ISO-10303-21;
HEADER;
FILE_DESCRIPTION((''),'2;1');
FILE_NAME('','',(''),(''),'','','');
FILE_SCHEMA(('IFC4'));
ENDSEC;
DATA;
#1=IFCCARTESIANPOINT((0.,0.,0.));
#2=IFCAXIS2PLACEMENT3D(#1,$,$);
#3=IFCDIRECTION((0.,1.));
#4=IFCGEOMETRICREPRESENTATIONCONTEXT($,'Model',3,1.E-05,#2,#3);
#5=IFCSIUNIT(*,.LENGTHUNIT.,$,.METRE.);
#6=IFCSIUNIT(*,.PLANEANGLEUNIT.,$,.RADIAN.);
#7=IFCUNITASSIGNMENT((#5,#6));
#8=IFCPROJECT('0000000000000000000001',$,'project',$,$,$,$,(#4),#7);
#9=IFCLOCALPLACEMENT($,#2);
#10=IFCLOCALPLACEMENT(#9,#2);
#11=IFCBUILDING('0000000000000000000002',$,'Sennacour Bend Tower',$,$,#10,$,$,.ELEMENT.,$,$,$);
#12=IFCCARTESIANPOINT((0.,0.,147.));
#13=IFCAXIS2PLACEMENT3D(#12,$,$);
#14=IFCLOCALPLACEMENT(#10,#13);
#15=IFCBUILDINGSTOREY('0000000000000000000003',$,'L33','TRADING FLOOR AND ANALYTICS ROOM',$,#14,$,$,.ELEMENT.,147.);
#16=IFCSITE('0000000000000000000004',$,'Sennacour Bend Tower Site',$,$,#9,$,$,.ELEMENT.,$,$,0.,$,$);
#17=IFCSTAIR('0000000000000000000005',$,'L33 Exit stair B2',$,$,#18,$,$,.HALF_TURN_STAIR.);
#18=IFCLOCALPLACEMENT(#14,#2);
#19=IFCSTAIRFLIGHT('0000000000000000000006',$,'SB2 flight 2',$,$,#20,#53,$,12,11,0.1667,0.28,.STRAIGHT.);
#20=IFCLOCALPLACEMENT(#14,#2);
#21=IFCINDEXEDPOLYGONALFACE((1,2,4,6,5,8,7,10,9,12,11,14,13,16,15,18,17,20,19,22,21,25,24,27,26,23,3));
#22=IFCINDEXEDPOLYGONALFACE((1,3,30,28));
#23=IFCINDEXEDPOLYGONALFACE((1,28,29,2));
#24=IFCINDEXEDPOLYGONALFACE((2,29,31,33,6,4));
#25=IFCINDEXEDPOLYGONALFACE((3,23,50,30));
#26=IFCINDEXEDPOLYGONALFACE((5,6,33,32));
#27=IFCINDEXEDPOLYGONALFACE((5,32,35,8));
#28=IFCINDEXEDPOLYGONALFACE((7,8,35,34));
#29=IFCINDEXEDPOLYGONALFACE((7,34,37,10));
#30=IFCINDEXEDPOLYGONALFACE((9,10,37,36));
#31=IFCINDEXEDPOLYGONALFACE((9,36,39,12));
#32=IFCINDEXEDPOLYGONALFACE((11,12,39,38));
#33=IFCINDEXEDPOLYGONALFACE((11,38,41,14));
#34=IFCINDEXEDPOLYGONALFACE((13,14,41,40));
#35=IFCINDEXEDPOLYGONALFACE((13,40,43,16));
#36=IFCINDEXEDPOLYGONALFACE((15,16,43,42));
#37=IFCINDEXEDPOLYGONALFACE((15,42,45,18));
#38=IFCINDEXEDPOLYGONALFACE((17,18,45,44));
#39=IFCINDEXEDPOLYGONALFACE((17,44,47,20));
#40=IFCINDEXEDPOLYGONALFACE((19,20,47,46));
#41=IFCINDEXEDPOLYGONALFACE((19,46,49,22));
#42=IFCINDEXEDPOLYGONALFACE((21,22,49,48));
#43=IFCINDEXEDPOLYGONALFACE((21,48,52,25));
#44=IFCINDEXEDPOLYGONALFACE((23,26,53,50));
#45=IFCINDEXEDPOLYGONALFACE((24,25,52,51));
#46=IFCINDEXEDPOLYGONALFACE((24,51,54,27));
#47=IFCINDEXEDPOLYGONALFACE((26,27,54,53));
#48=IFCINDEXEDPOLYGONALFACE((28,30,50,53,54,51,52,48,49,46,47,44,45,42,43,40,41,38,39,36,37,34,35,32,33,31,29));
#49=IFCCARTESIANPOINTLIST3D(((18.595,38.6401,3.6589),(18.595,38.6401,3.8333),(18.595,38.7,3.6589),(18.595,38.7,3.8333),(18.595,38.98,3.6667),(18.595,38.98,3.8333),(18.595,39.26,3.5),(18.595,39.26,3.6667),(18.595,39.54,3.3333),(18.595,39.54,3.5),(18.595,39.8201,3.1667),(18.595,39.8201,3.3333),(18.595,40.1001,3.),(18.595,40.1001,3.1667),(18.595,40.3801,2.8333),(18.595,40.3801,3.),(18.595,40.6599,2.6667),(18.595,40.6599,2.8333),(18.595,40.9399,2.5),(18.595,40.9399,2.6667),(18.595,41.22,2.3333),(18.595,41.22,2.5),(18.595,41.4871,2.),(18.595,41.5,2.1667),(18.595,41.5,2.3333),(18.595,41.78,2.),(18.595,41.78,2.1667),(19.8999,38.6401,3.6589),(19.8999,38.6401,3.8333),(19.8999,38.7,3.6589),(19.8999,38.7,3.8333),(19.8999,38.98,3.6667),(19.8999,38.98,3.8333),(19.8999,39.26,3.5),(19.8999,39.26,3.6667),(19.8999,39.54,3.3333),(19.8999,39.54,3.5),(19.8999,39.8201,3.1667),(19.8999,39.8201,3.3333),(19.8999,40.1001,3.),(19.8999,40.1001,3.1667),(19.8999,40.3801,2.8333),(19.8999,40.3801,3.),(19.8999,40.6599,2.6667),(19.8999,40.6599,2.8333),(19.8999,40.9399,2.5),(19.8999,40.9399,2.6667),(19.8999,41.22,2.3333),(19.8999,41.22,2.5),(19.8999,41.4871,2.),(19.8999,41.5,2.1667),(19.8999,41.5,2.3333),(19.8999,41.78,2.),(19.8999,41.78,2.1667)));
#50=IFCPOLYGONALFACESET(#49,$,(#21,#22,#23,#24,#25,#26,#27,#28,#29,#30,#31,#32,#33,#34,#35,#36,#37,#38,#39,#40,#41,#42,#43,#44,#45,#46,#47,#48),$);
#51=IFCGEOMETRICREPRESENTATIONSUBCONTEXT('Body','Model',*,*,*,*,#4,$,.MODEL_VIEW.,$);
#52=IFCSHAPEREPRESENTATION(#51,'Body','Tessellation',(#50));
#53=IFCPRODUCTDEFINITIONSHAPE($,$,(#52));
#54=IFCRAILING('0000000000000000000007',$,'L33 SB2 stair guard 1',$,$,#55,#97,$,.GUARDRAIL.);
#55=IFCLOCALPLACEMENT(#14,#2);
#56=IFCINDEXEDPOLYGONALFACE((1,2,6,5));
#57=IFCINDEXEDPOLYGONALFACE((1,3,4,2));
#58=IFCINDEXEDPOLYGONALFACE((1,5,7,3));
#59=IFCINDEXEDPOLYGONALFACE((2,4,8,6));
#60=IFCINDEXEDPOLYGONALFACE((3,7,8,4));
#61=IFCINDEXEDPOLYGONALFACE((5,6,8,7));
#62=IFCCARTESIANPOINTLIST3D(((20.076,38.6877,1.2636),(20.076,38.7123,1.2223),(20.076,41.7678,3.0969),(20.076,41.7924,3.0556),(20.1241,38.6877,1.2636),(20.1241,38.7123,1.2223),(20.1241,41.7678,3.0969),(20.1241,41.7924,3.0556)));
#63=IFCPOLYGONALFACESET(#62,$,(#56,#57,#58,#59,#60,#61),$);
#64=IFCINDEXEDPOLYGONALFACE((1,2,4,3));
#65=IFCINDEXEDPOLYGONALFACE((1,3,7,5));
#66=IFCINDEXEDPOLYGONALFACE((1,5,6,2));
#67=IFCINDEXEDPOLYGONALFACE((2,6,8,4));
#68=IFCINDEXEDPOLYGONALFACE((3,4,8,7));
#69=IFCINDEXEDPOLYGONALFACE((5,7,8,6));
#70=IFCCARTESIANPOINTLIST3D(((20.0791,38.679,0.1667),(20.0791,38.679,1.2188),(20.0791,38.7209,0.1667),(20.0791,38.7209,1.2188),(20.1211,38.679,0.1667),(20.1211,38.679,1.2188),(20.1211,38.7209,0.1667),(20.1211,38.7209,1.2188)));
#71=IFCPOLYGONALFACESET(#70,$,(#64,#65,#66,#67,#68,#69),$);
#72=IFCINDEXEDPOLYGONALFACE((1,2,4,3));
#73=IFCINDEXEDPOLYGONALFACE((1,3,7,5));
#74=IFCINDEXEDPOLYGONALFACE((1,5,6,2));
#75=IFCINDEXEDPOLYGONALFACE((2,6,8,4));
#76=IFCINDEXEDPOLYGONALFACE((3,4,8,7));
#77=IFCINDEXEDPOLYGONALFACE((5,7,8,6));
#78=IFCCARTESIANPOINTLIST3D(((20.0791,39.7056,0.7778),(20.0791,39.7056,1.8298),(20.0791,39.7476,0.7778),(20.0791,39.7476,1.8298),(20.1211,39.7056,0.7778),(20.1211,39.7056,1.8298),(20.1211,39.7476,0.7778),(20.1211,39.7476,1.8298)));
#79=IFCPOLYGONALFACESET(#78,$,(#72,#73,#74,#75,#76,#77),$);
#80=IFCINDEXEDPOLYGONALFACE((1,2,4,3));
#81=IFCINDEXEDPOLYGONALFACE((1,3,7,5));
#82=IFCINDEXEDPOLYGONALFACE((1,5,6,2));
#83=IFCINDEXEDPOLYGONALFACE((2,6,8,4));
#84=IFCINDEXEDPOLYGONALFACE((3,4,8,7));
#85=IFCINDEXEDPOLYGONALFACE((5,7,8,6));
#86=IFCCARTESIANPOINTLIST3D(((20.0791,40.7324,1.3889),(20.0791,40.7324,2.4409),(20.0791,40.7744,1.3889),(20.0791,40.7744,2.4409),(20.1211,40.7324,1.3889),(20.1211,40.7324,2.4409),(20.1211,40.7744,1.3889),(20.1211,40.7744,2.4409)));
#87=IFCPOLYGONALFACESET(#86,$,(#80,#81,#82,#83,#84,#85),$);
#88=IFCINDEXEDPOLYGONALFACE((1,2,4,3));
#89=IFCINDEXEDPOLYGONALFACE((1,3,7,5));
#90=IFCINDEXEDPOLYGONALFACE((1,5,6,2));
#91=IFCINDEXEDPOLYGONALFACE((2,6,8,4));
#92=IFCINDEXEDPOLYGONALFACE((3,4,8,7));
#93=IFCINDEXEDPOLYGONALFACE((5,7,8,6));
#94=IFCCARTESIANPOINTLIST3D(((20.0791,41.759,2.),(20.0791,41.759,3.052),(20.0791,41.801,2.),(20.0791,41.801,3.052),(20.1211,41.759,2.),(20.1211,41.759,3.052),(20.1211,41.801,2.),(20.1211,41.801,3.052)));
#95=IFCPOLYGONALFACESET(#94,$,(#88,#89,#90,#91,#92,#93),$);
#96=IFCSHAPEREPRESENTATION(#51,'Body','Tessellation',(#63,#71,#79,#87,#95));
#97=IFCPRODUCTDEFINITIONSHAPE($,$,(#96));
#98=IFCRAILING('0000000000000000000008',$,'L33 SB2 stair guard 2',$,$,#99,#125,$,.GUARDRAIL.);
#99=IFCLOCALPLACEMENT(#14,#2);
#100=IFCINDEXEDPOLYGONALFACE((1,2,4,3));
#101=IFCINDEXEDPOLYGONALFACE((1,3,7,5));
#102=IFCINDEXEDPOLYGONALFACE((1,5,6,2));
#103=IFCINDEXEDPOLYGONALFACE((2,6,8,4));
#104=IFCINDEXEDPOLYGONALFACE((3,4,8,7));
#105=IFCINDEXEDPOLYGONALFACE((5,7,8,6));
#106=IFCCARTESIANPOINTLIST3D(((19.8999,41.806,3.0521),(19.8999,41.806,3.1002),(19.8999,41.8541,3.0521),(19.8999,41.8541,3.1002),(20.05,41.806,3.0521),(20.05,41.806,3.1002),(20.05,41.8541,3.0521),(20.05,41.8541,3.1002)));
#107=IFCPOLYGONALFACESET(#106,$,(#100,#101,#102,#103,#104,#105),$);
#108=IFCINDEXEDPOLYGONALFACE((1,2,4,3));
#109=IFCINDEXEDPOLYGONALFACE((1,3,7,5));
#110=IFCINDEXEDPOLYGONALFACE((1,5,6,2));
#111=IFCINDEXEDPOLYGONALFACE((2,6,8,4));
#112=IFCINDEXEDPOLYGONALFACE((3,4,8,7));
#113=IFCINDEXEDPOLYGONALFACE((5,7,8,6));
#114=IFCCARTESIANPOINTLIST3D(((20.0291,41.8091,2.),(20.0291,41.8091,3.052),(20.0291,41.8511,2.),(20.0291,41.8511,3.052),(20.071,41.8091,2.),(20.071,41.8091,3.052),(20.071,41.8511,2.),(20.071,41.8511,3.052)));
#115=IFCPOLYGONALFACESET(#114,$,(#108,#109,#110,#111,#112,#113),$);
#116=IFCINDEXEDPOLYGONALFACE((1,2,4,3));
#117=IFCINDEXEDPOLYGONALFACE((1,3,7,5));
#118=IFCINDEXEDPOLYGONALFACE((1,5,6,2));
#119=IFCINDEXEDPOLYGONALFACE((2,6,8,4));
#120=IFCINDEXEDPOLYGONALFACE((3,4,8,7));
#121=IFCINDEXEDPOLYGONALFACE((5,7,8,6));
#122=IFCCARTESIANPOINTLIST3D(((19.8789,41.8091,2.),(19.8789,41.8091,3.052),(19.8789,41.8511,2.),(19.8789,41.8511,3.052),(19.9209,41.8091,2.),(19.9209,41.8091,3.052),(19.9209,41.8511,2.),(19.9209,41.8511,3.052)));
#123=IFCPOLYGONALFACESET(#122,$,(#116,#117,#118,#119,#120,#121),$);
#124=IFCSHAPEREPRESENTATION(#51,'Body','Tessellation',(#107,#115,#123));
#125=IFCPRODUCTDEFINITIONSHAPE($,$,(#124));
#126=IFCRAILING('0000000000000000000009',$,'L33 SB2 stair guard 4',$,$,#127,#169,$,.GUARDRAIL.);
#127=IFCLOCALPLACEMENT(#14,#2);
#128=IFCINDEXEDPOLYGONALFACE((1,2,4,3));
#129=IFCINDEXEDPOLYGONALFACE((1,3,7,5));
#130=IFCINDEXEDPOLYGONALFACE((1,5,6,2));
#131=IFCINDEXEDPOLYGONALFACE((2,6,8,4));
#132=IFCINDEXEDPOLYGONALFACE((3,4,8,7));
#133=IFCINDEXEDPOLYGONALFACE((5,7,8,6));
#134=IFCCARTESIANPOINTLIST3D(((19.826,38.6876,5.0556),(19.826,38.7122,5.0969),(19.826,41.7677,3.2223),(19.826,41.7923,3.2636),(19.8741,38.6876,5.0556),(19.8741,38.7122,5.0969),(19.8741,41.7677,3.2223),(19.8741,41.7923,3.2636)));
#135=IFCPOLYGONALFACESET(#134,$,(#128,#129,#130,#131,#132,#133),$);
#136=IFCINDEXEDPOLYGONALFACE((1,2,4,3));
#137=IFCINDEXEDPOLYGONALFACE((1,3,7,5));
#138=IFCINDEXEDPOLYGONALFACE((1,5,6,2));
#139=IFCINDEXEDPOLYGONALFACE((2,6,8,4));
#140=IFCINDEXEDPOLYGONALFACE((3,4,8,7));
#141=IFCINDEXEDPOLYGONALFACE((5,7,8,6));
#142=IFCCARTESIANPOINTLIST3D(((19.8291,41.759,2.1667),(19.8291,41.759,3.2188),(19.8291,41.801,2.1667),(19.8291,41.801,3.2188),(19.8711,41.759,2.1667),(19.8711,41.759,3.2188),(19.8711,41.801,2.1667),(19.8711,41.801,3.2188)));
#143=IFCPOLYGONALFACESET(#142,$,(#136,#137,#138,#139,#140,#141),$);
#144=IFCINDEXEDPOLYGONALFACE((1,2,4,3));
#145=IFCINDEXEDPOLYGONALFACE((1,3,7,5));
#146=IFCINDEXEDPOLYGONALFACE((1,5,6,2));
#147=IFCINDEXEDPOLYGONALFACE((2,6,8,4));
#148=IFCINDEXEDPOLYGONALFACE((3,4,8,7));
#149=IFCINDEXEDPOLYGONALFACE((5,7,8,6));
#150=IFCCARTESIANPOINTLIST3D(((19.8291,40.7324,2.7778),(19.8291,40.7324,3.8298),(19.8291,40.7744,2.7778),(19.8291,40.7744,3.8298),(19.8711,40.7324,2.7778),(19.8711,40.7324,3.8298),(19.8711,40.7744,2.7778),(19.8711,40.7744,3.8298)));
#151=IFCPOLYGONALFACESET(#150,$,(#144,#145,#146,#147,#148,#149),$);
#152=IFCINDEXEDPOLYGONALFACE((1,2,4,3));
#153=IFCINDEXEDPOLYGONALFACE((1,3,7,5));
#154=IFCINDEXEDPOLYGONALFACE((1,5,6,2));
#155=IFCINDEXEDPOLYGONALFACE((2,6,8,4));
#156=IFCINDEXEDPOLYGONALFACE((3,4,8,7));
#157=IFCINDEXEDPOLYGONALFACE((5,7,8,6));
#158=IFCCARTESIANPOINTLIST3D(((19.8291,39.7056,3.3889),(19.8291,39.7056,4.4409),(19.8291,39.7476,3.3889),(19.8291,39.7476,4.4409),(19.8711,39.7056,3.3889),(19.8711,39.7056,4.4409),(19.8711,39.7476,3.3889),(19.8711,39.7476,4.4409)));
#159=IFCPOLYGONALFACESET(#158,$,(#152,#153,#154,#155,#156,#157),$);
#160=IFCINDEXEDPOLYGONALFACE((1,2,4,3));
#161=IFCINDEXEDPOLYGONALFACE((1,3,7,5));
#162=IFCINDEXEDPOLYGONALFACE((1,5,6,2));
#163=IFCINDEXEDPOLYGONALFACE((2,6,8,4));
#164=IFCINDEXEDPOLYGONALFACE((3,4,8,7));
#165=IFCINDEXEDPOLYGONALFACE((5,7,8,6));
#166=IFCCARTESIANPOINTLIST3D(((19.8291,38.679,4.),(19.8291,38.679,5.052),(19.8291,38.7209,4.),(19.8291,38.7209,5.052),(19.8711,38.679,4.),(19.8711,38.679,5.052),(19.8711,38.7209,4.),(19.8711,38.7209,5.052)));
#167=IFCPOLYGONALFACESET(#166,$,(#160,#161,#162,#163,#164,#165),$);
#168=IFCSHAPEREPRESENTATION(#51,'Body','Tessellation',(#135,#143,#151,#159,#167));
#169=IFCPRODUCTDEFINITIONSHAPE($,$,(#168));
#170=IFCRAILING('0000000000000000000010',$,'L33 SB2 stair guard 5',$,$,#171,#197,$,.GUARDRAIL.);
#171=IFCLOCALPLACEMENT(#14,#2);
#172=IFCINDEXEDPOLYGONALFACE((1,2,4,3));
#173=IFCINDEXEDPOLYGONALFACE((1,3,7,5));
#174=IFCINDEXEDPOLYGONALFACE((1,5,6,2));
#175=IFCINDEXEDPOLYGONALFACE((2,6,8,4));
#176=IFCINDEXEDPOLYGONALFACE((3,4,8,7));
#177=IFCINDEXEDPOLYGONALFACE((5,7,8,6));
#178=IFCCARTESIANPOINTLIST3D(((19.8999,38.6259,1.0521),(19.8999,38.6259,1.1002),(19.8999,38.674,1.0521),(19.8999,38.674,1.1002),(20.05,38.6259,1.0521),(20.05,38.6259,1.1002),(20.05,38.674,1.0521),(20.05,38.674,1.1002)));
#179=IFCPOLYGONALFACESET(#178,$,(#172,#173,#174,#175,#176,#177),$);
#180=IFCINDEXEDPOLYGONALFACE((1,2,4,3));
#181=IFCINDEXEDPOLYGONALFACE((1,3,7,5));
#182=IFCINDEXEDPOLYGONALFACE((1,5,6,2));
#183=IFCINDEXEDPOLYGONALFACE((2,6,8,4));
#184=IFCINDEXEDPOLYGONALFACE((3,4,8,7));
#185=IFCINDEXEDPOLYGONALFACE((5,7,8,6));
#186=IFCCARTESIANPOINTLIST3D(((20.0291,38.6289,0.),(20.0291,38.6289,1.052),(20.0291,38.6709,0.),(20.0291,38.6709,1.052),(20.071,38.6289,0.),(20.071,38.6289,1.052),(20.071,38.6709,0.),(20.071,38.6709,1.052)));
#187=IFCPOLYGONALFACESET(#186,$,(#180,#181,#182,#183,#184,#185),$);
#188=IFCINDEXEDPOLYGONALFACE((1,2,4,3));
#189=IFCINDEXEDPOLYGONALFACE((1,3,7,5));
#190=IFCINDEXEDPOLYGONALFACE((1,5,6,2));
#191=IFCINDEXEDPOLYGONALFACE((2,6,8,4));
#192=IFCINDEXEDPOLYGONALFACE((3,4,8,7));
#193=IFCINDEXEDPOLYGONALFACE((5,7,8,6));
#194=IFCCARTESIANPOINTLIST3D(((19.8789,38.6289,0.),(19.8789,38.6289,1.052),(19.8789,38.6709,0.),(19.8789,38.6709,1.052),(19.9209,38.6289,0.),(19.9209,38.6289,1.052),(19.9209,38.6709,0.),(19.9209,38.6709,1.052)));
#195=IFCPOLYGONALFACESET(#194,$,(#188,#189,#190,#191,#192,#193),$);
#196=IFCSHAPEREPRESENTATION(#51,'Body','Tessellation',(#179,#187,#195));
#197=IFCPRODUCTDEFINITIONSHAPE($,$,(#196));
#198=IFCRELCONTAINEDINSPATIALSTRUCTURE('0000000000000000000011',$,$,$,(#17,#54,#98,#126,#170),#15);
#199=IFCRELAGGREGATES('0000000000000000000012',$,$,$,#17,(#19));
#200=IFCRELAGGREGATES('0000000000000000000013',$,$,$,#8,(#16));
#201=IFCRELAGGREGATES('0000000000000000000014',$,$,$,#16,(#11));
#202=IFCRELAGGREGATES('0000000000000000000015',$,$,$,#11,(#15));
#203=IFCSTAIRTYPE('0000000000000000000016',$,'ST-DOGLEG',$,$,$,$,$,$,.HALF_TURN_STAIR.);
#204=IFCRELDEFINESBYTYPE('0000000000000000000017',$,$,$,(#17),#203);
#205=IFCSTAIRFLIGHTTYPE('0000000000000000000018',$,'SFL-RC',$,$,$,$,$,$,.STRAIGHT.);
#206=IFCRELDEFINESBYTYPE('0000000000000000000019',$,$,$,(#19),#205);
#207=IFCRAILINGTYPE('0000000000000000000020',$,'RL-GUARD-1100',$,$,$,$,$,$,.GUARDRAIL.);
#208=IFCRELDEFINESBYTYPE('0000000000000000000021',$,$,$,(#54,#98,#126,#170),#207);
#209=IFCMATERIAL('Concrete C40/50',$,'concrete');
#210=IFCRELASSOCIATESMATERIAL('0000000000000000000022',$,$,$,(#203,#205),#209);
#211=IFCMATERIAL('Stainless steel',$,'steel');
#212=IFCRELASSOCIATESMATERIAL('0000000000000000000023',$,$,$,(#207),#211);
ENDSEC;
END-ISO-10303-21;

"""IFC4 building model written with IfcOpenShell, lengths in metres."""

from ifc_helpers import new_model, si_unit, direction, frame, origin, origin_2d, place, context, subcontext, project, spatial, polyline, rectangle, outline, extrude, material, type_object, element, aggregate, save


model = new_model("IFC4")

# Units and contexts
model_context = context("Model", 3, precision=1e-05, world=origin(), true_north=direction((0.0, 1.0)))
body_context = subcontext(model_context, "Body", "Model", "MODEL_VIEW")
ifc_project = project(units=[si_unit("LENGTHUNIT", "METRE"), si_unit("PLANEANGLEUNIT", "RADIAN")], contexts=[model_context])

# Site, building, storey
site_placement = place(None, origin())
site = spatial("IfcSite", under=ifc_project, at=site_placement, Name="Sennacour Bend Tower Site", CompositionType="ELEMENT", RefElevation=0.0)
building_placement = place(site_placement, origin())
building = spatial("IfcBuilding", under=site, at=building_placement, Name="Sennacour Bend Tower", CompositionType="ELEMENT")
storey_placement = place(building_placement, frame((0.0, 0.0, 147.0)))
storey = spatial("IfcBuildingStorey", under=building, at=storey_placement, Name="L33", Description="TRADING FLOOR AND ANALYTICS ROOM", CompositionType="ELEMENT", Elevation=147.0)

# Stair, stair flight
ifc_material_1 = material(Name="Concrete C40/50", Category="concrete")
stair_type = type_object("IfcStairType", Name="ST-DOGLEG", PredefinedType="HALF_TURN_STAIR", material=ifc_material_1)
stair_placement = place(storey_placement, origin())
stair = element("IfcStair", 1, at=stair_placement, inside=storey, type_object=stair_type, Name="L33 Exit stair B2", PredefinedType="HALF_TURN_STAIR")
stair_flight_type = type_object("IfcStairFlightType", Name="SFL-RC", PredefinedType="STRAIGHT", material=ifc_material_1)
stair_flight_1_placement = place(storey_placement, frame((19.2476, 41.78, 2.0), z_axis=(0.0, 0.0, 1.0), x_axis=(0.0, -1.0, 0.0)))
stair_flight_1 = element("IfcStairFlight", 2, at=stair_flight_1_placement, type_object=stair_flight_type, Name="SB2 flight 2", NumberOfRisers=12, NumberOfTreads=11, PredefinedType="STRAIGHT", RiserHeight=0.1667, TreadLength=0.28, context=body_context, shape_type="SweptSolid", body=[
    extrude(outline(polyline([(0.0, 0.0), (0.0, 0.1667), (0.28, 0.1667), (0.28, 0.3333), (0.5601, 0.3333), (0.5601, 0.5), (0.8401, 0.5), (0.8401, 0.6667), (1.1201, 0.6667), (1.1201, 0.8333), (1.3999, 0.8333), (1.3999, 1.0), (1.6799, 1.0), (1.6799, 1.1667), (1.96, 1.1667), (1.96, 1.3333), (2.24, 1.3333), (2.24, 1.5), (2.52, 1.5), (2.52, 1.6667), (2.8, 1.6667), (2.8, 1.8333), (3.0801, 1.8333), (3.1399, 1.8333), (3.1399, 1.6589), (3.0801, 1.6589), (0.293, 0.0), (0.0, 0.0)])), frame((0.0, 0.6523, 0.0), z_axis=(0.0, -1.0, 0.0), x_axis=(1.0, 0.0, 0.0)), (0.0, 0.0, 1.0), 1.3049),
])
aggregate(stair, [stair_flight_1])

# Railings
ifc_material_2 = material(Name="Stainless steel", Category="steel")
railing_type_1 = type_object("IfcRailingType", Name="RL-GUARD-1100", PredefinedType="GUARDRAIL", material=ifc_material_2)
railing_1_placement = place(storey_placement, frame((20.1001, 38.7, 0.1667)))
element("IfcRailing", 3, at=railing_1_placement, inside=storey, type_object=railing_type_1, Name="L33 SB2 stair guard 1", PredefinedType="GUARDRAIL", context=body_context, shape_type="SweptSolid", body=[
    extrude(rectangle(XDim=0.0481, YDim=0.0481, at=origin_2d()), frame((0.0, 0.0, 1.0762), z_axis=(0.0, 0.859309, 0.511458), x_axis=(-1.0, 0.0, 0.0)), (0.0, 0.0, 1.0), 3.5845),
    extrude(rectangle(XDim=0.042, YDim=0.042, at=origin_2d()), origin(), (0.0, 0.0, 1.0), 1.052),
    extrude(rectangle(XDim=0.042, YDim=0.042, at=origin_2d()), frame((0.0, 1.0266, 0.6111)), (0.0, 0.0, 1.0), 1.052),
    extrude(rectangle(XDim=0.042, YDim=0.042, at=origin_2d()), frame((0.0, 2.0535, 1.2222)), (0.0, 0.0, 1.0), 1.052),
    extrude(rectangle(XDim=0.042, YDim=0.042, at=origin_2d()), frame((0.0, 3.0801, 1.8333)), (0.0, 0.0, 1.0), 1.052),
])
railing_2_placement = place(storey_placement, frame((20.05, 41.8301, 2.0)))
element("IfcRailing", 4, at=railing_2_placement, inside=storey, type_object=railing_type_1, Name="L33 SB2 stair guard 2", PredefinedType="GUARDRAIL", context=body_context, shape_type="SweptSolid", body=[
    extrude(rectangle(XDim=0.0481, YDim=0.0481, at=origin_2d()), frame((0.0, 0.0, 1.0762), z_axis=(-1.0, 0.0, 0.0), x_axis=(0.0, -1.0, 0.0)), (0.0, 0.0, 1.0), 0.1501),
    extrude(rectangle(XDim=0.042, YDim=0.042, at=origin_2d()), origin(), (0.0, 0.0, 1.0), 1.052),
    extrude(rectangle(XDim=0.042, YDim=0.042, at=origin_2d()), frame((-0.1501, 0.0, 0.0)), (0.0, 0.0, 1.0), 1.052),
])
railing_3_placement = place(storey_placement, frame((19.8501, 41.78, 2.1667)))
element("IfcRailing", 5, at=railing_3_placement, inside=storey, type_object=railing_type_1, Name="L33 SB2 stair guard 4", PredefinedType="GUARDRAIL", context=body_context, shape_type="SweptSolid", body=[
    extrude(rectangle(XDim=0.0481, YDim=0.0481, at=origin_2d()), frame((0.0, 0.0, 1.0762), z_axis=(0.0, -0.859309, 0.511458), x_axis=(1.0, 0.0, 0.0)), (0.0, 0.0, 1.0), 3.5845),
    extrude(rectangle(XDim=0.042, YDim=0.042, at=origin_2d()), origin(), (0.0, 0.0, 1.0), 1.052),
    extrude(rectangle(XDim=0.042, YDim=0.042, at=origin_2d()), frame((0.0, -1.0266, 0.6111)), (0.0, 0.0, 1.0), 1.052),
    extrude(rectangle(XDim=0.042, YDim=0.042, at=origin_2d()), frame((0.0, -2.0535, 1.2222)), (0.0, 0.0, 1.0), 1.052),
    extrude(rectangle(XDim=0.042, YDim=0.042, at=origin_2d()), frame((0.0, -3.0801, 1.8333)), (0.0, 0.0, 1.0), 1.052),
])
railing_4_placement = place(storey_placement, frame((20.05, 38.6499, 0.0)))
element("IfcRailing", 6, at=railing_4_placement, inside=storey, type_object=railing_type_1, Name="L33 SB2 stair guard 5", PredefinedType="GUARDRAIL", context=body_context, shape_type="SweptSolid", body=[
    extrude(rectangle(XDim=0.0481, YDim=0.0481, at=origin_2d()), frame((0.0, 0.0, 1.0762), z_axis=(-1.0, 0.0, 0.0), x_axis=(0.0, -1.0, 0.0)), (0.0, 0.0, 1.0), 0.1501),
    extrude(rectangle(XDim=0.042, YDim=0.042, at=origin_2d()), origin(), (0.0, 0.0, 1.0), 1.052),
    extrude(rectangle(XDim=0.042, YDim=0.042, at=origin_2d()), frame((-0.1501, 0.0, 0.0)), (0.0, 0.0, 1.0), 1.052),
])

save(model, "model.ifc")
